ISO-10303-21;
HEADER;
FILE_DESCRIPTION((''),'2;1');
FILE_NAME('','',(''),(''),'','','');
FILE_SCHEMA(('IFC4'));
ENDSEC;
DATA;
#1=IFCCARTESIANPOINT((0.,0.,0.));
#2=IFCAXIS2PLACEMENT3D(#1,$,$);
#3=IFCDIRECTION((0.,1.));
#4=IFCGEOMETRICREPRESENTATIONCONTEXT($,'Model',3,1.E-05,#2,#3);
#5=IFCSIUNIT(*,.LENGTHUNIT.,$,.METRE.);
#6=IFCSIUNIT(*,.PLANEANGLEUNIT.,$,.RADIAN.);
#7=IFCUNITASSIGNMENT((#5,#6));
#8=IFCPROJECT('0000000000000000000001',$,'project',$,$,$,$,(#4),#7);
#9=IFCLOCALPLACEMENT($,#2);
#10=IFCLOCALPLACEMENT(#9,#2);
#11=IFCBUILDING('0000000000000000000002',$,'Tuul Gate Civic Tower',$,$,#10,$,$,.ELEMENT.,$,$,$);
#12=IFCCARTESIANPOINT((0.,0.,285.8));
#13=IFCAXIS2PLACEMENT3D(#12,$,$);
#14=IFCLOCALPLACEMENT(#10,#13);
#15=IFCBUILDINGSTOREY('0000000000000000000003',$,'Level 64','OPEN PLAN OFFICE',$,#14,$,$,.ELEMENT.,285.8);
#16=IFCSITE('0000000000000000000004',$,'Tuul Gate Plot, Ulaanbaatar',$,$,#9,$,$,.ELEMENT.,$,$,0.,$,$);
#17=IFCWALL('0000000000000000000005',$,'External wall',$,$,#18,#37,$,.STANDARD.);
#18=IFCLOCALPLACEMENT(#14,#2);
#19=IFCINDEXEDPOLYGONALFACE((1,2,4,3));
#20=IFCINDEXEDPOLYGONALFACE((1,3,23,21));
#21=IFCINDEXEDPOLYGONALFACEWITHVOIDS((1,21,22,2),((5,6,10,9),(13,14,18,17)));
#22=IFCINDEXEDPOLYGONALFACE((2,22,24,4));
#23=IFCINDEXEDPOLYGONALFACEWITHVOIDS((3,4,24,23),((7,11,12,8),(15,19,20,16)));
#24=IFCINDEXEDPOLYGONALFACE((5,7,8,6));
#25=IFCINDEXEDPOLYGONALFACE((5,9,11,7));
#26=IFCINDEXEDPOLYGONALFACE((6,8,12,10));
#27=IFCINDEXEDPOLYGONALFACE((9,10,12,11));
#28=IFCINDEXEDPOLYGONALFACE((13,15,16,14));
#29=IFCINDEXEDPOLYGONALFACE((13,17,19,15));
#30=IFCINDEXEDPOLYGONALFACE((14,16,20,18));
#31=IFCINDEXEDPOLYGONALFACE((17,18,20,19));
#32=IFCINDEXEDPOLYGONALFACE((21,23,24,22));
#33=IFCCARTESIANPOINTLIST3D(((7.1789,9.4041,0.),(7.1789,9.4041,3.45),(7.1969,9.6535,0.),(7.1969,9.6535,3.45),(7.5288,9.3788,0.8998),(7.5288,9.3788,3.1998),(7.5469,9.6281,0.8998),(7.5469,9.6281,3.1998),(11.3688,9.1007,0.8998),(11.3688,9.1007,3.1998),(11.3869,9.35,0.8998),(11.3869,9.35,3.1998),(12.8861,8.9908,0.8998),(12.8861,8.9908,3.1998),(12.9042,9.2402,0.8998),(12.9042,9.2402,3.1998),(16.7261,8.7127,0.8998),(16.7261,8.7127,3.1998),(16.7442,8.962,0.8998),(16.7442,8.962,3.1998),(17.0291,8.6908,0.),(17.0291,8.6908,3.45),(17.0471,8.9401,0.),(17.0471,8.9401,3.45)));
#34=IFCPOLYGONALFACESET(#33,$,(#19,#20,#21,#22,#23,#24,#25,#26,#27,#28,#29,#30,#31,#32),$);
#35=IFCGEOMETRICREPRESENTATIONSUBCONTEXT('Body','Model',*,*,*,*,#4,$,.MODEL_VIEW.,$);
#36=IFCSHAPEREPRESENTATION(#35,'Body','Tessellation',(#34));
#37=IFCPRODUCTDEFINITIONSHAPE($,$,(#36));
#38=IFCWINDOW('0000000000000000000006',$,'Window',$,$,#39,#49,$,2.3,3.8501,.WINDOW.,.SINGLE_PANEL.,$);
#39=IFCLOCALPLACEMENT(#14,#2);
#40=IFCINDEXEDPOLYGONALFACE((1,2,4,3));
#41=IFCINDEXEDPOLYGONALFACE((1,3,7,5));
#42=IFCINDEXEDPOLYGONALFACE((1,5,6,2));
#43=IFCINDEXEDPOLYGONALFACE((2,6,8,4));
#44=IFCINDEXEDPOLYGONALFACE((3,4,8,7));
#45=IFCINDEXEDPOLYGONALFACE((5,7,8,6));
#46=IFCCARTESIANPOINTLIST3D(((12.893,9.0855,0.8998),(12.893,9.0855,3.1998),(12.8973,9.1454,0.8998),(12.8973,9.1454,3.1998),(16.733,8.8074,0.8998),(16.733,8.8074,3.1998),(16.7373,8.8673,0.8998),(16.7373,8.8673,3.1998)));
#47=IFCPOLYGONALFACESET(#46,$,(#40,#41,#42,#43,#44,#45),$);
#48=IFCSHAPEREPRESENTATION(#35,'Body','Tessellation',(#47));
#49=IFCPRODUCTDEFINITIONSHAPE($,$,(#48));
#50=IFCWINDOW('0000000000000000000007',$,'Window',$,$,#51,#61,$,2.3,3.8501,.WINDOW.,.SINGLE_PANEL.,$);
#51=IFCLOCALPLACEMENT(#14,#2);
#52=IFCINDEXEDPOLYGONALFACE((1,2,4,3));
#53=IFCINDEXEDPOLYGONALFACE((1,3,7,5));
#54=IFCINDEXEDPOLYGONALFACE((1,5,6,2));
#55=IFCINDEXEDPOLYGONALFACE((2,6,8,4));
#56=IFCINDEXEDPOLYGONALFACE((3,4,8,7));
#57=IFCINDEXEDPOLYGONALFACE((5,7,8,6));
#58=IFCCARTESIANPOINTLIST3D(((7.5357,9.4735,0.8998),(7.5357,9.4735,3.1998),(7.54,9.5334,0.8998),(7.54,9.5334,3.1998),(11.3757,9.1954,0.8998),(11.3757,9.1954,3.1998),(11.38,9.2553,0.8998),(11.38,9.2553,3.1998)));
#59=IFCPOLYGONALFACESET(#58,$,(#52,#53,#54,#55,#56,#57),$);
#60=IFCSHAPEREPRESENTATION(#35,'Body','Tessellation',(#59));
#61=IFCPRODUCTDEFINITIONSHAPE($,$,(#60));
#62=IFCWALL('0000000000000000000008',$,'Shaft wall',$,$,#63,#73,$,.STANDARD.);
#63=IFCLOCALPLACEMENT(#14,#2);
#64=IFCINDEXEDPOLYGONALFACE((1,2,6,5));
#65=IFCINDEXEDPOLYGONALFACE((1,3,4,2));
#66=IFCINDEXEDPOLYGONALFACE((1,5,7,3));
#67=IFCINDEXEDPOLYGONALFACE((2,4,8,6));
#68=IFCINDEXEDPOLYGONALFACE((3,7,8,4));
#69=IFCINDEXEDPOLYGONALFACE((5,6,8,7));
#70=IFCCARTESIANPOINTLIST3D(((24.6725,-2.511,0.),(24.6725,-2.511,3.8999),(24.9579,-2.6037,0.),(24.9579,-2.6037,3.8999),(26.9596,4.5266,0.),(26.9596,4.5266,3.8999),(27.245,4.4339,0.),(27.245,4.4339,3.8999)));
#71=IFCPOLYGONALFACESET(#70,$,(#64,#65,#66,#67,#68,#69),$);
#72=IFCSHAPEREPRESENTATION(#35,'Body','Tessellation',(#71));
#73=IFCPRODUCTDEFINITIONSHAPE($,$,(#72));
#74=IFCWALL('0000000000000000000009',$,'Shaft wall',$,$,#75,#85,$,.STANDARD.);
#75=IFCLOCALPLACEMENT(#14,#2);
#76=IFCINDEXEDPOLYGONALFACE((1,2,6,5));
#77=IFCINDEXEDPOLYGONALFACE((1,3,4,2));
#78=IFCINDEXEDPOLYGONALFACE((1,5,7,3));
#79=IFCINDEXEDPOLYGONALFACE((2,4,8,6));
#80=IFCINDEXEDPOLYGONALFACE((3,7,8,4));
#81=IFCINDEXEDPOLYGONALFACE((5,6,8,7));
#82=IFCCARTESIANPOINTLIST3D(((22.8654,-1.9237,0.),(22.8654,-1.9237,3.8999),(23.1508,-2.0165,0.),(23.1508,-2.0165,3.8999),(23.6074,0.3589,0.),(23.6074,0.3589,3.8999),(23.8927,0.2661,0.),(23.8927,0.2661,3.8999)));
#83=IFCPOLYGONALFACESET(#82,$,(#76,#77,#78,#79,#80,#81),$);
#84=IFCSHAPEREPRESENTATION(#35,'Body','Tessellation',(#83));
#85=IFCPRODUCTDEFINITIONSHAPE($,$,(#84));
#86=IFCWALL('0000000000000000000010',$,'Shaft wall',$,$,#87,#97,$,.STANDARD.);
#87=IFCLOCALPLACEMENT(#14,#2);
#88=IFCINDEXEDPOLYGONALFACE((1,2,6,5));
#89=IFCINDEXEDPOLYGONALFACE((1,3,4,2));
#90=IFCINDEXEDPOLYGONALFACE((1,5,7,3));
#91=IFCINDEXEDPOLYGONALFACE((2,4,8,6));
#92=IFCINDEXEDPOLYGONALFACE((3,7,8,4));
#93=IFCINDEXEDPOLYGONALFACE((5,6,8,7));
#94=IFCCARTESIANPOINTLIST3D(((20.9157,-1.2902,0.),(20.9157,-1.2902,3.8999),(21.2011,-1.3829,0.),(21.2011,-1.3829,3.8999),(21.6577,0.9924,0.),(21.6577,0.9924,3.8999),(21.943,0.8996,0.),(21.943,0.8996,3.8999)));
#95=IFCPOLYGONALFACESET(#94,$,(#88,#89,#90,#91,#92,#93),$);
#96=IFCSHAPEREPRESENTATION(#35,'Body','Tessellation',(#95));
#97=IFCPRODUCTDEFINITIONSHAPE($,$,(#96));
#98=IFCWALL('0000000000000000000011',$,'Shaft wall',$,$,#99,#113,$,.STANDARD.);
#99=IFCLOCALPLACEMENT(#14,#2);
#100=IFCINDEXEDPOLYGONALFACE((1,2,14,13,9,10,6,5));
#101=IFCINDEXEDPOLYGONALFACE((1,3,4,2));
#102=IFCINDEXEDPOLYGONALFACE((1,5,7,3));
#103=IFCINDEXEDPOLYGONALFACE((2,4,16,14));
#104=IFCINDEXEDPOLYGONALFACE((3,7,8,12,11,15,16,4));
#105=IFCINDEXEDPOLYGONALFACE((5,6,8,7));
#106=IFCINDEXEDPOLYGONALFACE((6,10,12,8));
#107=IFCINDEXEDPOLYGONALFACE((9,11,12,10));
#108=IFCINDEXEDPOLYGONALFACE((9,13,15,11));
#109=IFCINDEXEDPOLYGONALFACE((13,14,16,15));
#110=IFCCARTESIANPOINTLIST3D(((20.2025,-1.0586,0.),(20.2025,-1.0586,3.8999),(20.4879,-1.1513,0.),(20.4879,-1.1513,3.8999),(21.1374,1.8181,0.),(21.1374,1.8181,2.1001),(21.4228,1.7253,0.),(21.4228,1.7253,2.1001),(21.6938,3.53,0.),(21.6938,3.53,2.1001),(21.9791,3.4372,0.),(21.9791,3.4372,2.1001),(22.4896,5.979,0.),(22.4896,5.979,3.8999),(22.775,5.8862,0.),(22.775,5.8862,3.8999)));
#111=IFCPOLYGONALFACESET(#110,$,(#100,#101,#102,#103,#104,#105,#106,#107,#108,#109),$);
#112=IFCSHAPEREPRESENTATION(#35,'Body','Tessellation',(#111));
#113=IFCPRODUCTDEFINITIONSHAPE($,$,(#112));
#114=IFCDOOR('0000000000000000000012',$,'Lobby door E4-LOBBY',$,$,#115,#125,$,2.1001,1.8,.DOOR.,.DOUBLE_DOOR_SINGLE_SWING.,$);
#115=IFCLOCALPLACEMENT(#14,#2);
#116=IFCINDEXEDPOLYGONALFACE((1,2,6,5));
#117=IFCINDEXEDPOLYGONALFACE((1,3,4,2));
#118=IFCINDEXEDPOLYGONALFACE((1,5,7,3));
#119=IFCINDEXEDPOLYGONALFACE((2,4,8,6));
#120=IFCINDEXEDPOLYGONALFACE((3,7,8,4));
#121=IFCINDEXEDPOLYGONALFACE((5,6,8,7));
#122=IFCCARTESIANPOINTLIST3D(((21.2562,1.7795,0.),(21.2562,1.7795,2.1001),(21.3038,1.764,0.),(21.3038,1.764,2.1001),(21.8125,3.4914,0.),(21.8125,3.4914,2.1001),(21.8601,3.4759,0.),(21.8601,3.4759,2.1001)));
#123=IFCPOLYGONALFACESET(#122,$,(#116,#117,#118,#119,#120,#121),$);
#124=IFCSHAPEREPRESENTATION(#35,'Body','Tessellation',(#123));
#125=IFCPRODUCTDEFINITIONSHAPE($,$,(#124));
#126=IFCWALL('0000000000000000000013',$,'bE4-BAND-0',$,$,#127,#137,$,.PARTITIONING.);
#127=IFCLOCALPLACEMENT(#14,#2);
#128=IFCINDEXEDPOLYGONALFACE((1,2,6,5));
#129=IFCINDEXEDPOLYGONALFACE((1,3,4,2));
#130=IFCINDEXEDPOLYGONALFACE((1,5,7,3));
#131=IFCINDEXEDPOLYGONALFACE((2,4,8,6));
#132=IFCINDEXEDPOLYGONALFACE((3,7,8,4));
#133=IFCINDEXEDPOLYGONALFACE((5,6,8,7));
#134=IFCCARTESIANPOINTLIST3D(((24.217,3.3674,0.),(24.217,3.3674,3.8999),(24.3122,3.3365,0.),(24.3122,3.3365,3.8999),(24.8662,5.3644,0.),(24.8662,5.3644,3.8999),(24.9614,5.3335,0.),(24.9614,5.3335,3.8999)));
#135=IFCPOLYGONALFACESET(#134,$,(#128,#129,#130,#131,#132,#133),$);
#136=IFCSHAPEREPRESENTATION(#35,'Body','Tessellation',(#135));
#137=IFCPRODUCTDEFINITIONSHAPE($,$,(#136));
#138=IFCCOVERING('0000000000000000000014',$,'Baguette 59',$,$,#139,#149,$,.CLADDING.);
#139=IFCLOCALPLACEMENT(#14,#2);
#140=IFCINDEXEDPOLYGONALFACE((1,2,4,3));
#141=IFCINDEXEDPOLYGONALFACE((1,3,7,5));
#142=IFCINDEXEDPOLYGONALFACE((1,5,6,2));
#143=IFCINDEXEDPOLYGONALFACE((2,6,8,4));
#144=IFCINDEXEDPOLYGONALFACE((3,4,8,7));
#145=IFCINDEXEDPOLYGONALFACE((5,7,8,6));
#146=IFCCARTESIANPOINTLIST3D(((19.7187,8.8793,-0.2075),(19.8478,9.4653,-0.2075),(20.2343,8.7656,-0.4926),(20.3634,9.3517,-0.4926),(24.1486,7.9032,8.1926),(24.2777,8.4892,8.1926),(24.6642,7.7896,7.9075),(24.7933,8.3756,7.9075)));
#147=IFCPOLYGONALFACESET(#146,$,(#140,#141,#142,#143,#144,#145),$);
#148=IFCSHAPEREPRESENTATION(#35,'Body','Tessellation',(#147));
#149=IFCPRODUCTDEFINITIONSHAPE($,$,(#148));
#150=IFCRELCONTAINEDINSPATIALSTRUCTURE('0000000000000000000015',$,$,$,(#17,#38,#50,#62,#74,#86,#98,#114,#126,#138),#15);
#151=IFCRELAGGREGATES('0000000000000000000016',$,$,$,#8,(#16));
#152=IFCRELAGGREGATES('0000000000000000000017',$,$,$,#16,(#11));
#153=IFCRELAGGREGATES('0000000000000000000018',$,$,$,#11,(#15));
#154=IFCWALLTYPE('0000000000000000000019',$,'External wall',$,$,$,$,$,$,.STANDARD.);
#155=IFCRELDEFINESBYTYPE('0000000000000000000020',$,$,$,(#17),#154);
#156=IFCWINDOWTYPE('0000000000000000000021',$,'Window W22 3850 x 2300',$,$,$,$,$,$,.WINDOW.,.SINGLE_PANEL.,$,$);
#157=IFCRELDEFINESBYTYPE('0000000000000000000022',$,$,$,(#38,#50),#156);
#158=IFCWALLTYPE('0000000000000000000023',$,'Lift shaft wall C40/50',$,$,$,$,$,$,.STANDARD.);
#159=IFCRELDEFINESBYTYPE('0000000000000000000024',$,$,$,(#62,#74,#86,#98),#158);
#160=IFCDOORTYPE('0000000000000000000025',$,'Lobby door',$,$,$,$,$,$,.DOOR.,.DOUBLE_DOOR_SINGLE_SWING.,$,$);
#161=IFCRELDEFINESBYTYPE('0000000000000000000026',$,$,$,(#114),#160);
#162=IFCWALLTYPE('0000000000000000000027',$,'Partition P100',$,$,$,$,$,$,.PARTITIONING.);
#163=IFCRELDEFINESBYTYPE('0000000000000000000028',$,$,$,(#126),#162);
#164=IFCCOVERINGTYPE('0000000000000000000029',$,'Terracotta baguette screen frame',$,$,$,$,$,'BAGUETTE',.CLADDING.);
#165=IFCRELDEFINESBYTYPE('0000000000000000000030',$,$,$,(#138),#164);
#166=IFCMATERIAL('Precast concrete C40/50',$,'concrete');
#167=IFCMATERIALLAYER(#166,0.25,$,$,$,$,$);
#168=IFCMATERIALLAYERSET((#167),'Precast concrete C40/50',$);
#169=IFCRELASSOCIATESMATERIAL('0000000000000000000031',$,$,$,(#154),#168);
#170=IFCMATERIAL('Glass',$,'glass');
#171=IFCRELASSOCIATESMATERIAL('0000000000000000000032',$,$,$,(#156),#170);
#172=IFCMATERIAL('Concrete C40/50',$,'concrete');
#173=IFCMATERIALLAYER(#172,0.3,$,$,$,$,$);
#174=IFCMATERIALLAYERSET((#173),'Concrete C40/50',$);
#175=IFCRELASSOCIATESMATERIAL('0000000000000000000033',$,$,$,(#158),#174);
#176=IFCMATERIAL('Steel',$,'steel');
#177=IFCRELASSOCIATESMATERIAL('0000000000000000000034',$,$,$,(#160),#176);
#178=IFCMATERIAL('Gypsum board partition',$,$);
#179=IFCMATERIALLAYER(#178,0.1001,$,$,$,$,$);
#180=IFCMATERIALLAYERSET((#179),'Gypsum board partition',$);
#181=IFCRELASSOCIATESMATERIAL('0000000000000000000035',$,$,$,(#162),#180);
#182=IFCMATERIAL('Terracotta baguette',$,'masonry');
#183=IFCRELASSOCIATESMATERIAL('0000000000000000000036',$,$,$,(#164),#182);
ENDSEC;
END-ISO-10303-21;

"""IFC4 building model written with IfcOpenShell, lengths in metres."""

from ifc_helpers import new_model, si_unit, direction, frame, frame_2d, origin, origin_2d, place, context, subcontext, project, spatial, rectangle, extrude, material, layer, layer_set, material_profile, profile_set, type_object, element, fill, save


model = new_model("IFC4")

# Units and contexts
model_context = context("Model", 3, precision=1e-05, world=origin(), true_north=direction((0.0, 1.0)))
body_context = subcontext(model_context, "Body", "Model", "MODEL_VIEW")
ifc_project = project(units=[si_unit("LENGTHUNIT", "METRE"), si_unit("PLANEANGLEUNIT", "RADIAN")], contexts=[model_context])

# Site, building, storey
site_placement = place(None, origin())
site = spatial("IfcSite", under=ifc_project, at=site_placement, Name="Tuul Gate Plot, Ulaanbaatar", CompositionType="ELEMENT", RefElevation=0.0)
building_placement = place(site_placement, origin())
building = spatial("IfcBuilding", under=site, at=building_placement, Name="Tuul Gate Civic Tower", CompositionType="ELEMENT")
storey_placement = place(building_placement, frame((0.0, 0.0, 285.8)))
storey = spatial("IfcBuildingStorey", under=building, at=storey_placement, Name="Level 64", Description="OPEN PLAN OFFICE", CompositionType="ELEMENT", Elevation=285.8)

# Wall, openings, windows
ifc_material_1 = material(Name="Precast concrete C40/50", Category="concrete")
ifc_layer_1 = layer(ifc_material_1, 0.25)
ifc_layer_set_1 = layer_set([ifc_layer_1], Name="Precast concrete C40/50")
wall_type_1 = type_object("IfcWallType", Name="External wall", PredefinedType="STANDARD", material=ifc_layer_set_1)
wall_1_placement = place(storey_placement, frame((17.0381, 8.8154, 0.0), z_axis=(0.0, 0.0, 1.0), x_axis=(-0.997388, 0.072234, 0.0)))
wall_1 = element("IfcWall", 1, at=wall_1_placement, inside=storey, type_object=wall_type_1, Name="External wall", PredefinedType="STANDARD", context=body_context, shape_type="SweptSolid", body=[
    extrude(rectangle(XDim=9.876, YDim=0.25, at=frame_2d((4.938, 0.0))), origin(), (0.0, 0.0, 1.0), 3.45),
])
opening_1_placement = place(wall_1_placement, frame((0.3037, 0.0, 0.8999)))
opening_1 = element("IfcOpeningElement", 2, at=opening_1_placement, cuts=wall_1, PredefinedType="OPENING", context=body_context, shape_type="SweptSolid", body=[
    extrude(rectangle(XDim=3.8501, YDim=2.3, at=frame_2d((1.925, 1.1499))), frame((0.0, 0.135, 0.0), z_axis=(0.0, -1.0, 0.0), x_axis=(1.0, 0.0, 0.0)), (0.0, 0.0, 1.0), 0.27),
])
opening_2_placement = place(wall_1_placement, frame((5.675, 0.0, 0.8999)))
opening_2 = element("IfcOpeningElement", 3, at=opening_2_placement, cuts=wall_1, PredefinedType="OPENING", context=body_context, shape_type="SweptSolid", body=[
    extrude(rectangle(XDim=3.8501, YDim=2.3, at=frame_2d((1.925, 1.1499))), frame((0.0, 0.135, 0.0), z_axis=(0.0, -1.0, 0.0), x_axis=(1.0, 0.0, 0.0)), (0.0, 0.0, 1.0), 0.27),
])
ifc_material_2 = material(Name="Glass", Category="glass")
window_type = type_object("IfcWindowType", Name="Window W22 3850 x 2300", PartitioningType="SINGLE_PANEL", PredefinedType="WINDOW", material=ifc_material_2)
window_1_placement = place(opening_1_placement, origin())
window_1 = element("IfcWindow", 4, at=window_1_placement, inside=storey, type_object=window_type, Name="Window", OverallHeight=2.3, OverallWidth=3.8501, PartitioningType="SINGLE_PANEL", PredefinedType="WINDOW", context=body_context, shape_type="SweptSolid", body=[
    extrude(rectangle(XDim=3.8501, YDim=2.3, at=frame_2d((1.925, 1.1499))), frame((0.0, 0.03, 0.0), z_axis=(0.0, -1.0, 0.0), x_axis=(1.0, 0.0, 0.0)), (0.0, 0.0, 1.0), 0.0601),
])
fill(opening_1, window_1)
window_2_placement = place(opening_2_placement, origin())
window_2 = element("IfcWindow", 5, at=window_2_placement, inside=storey, type_object=window_type, Name="Window", OverallHeight=2.3, OverallWidth=3.8501, PartitioningType="SINGLE_PANEL", PredefinedType="WINDOW", context=body_context, shape_type="SweptSolid", body=[
    extrude(rectangle(XDim=3.8501, YDim=2.3, at=frame_2d((1.925, 1.1499))), frame((0.0, 0.03, 0.0), z_axis=(0.0, -1.0, 0.0), x_axis=(1.0, 0.0, 0.0)), (0.0, 0.0, 1.0), 0.0601),
])
fill(opening_2, window_2)

# Walls
ifc_material_3 = material(Name="Concrete C40/50", Category="concrete")
ifc_layer_2 = layer(ifc_material_3, 0.3)
ifc_layer_set_2 = layer_set([ifc_layer_2], Name="Concrete C40/50")
wall_type_2 = type_object("IfcWallType", Name="Lift shaft wall C40/50", PredefinedType="STANDARD", material=ifc_layer_set_2)
wall_2_placement = place(storey_placement, frame((24.8152, -2.5574, 0.0), z_axis=(0.0, 0.0, 1.0), x_axis=(0.309073, 0.951038, 0.0)))
element("IfcWall", 6, at=wall_2_placement, inside=storey, type_object=wall_type_2, Name="Shaft wall", PredefinedType="STANDARD", context=body_context, shape_type="SweptSolid", body=[
    extrude(rectangle(XDim=7.3999, YDim=0.3, at=frame_2d((3.7, 0.0))), origin(), (0.0, 0.0, 1.0), 3.8999),
])
for number, where, z_axis, x_axis, name in (
    (7, (23.0081, -1.9702, 0.0), (0.0, 0.0, 1.0), (0.309139, 0.951017, 0.0), "Shaft wall"),
    (8, (21.0583, -1.3367, 0.0), (0.0, 0.0, 1.0), (0.309139, 0.951017, 0.0), "Shaft wall"),
):
    element("IfcWall", number, at=place(storey_placement, frame(where, z_axis=z_axis, x_axis=x_axis)), inside=storey, type_object=wall_type_2, Name=name, PredefinedType="STANDARD", context=body_context, shape_type="SweptSolid", body=[
        extrude(rectangle(XDim=2.4001, YDim=0.3, at=frame_2d((1.2002, 0.0))), origin(), (0.0, 0.0, 1.0), 3.8999),
    ])

# Wall, opening, door
wall_3_placement = place(storey_placement, frame((20.3452, -1.105, 0.0), z_axis=(0.0, 0.0, 1.0), x_axis=(0.309073, 0.951038, 0.0)))
wall_3 = element("IfcWall", 9, at=wall_3_placement, inside=storey, type_object=wall_type_2, Name="Shaft wall", PredefinedType="STANDARD", context=body_context, shape_type="SweptSolid", body=[
    extrude(rectangle(XDim=7.3999, YDim=0.3, at=frame_2d((3.7, 0.0))), origin(), (0.0, 0.0, 1.0), 3.8999),
])
opening_3_placement = place(wall_3_placement, frame((3.0249, 0.0, 0.0)))
opening_3 = element("IfcOpeningElement", 10, at=opening_3_placement, cuts=wall_3, PredefinedType="OPENING", context=body_context, shape_type="SweptSolid", body=[
    extrude(rectangle(XDim=1.8, YDim=2.1001, at=frame_2d((0.8999, 1.05))), frame((0.0, 0.1602, 0.0), z_axis=(0.0, -1.0, 0.0), x_axis=(1.0, 0.0, 0.0)), (0.0, 0.0, 1.0), 0.3201),
])
ifc_material_4 = material(Name="Steel", Category="steel")
door_type_1 = type_object("IfcDoorType", Name="Lobby door", OperationType="DOUBLE_DOOR_SINGLE_SWING", PredefinedType="DOOR", material=ifc_material_4)
door_1_placement = place(opening_3_placement, frame((1.8, 0.0, 0.0), z_axis=(0.0, 0.0, 1.0), x_axis=(-1.0, 0.0, 0.0)))
door_1 = element("IfcDoor", 11, at=door_1_placement, inside=storey, type_object=door_type_1, Name="Lobby door E4-LOBBY", OperationType="DOUBLE_DOOR_SINGLE_SWING", OverallHeight=2.1001, OverallWidth=1.8, PredefinedType="DOOR", context=body_context, shape_type="SweptSolid", body=[
    extrude(rectangle(XDim=1.8, YDim=2.1001, at=frame_2d((0.9001, 1.05))), frame((0.0, 0.0249, 0.0), z_axis=(0.0, -1.0, 0.0), x_axis=(1.0, 0.0, 0.0)), (0.0, 0.0, 1.0), 0.05),
])
fill(opening_3, door_1)

# Wall
ifc_material_5 = material(Name="Gypsum board partition")
ifc_layer_3 = layer(ifc_material_5, 0.1001)
ifc_layer_set_3 = layer_set([ifc_layer_3], Name="Gypsum board partition")
wall_type_3 = type_object("IfcWallType", Name="Partition P100", PredefinedType="PARTITIONING", material=ifc_layer_set_3)
wall_4_placement = place(storey_placement, frame((24.2646, 3.3521, 0.0), z_axis=(0.0, 0.0, 1.0), x_axis=(0.309139, 0.951017, 0.0)))
element("IfcWall", 12, at=wall_4_placement, inside=storey, type_object=wall_type_3, Name="bE4-BAND-0", PredefinedType="PARTITIONING", context=body_context, shape_type="SweptSolid", body=[
    extrude(rectangle(XDim=2.0999, YDim=0.1001, at=frame_2d((1.0498, 0.0))), origin(), (0.0, 0.0, 1.0), 3.8999),
])

# Covering
ifc_material_6 = material(Name="Terracotta baguette", Category="masonry")
ifc_material_profile_1 = material_profile(ifc_material_6, rectangle(XDim=0.6001, YDim=0.6001, at=origin_2d()), Name="Terracotta baguette screen frame")
ifc_profile_set_1 = profile_set([ifc_material_profile_1], Name="Terracotta baguette")
covering_type = type_object("IfcCoveringType", Name="Terracotta baguette screen frame", ElementType="BAGUETTE", PredefinedType="CLADDING", material=ifc_profile_set_1)
covering_placement = place(storey_placement, frame((24.4709, 8.1394, 8.05), z_axis=(-0.464028, 0.102242, -0.879901), x_axis=(-0.215175, -0.976576, 0.0)))
element("IfcCovering", 13, at=covering_placement, inside=storey, type_object=covering_type, Name="Baguette 59", PredefinedType="CLADDING", context=body_context, shape_type="SweptSolid", body=[
    extrude(rectangle(XDim=0.6001, YDim=0.6001, at=origin_2d()), origin(), (0.0, 0.0, 1.0), 9.5466),
])

save(model, "model.ifc")
